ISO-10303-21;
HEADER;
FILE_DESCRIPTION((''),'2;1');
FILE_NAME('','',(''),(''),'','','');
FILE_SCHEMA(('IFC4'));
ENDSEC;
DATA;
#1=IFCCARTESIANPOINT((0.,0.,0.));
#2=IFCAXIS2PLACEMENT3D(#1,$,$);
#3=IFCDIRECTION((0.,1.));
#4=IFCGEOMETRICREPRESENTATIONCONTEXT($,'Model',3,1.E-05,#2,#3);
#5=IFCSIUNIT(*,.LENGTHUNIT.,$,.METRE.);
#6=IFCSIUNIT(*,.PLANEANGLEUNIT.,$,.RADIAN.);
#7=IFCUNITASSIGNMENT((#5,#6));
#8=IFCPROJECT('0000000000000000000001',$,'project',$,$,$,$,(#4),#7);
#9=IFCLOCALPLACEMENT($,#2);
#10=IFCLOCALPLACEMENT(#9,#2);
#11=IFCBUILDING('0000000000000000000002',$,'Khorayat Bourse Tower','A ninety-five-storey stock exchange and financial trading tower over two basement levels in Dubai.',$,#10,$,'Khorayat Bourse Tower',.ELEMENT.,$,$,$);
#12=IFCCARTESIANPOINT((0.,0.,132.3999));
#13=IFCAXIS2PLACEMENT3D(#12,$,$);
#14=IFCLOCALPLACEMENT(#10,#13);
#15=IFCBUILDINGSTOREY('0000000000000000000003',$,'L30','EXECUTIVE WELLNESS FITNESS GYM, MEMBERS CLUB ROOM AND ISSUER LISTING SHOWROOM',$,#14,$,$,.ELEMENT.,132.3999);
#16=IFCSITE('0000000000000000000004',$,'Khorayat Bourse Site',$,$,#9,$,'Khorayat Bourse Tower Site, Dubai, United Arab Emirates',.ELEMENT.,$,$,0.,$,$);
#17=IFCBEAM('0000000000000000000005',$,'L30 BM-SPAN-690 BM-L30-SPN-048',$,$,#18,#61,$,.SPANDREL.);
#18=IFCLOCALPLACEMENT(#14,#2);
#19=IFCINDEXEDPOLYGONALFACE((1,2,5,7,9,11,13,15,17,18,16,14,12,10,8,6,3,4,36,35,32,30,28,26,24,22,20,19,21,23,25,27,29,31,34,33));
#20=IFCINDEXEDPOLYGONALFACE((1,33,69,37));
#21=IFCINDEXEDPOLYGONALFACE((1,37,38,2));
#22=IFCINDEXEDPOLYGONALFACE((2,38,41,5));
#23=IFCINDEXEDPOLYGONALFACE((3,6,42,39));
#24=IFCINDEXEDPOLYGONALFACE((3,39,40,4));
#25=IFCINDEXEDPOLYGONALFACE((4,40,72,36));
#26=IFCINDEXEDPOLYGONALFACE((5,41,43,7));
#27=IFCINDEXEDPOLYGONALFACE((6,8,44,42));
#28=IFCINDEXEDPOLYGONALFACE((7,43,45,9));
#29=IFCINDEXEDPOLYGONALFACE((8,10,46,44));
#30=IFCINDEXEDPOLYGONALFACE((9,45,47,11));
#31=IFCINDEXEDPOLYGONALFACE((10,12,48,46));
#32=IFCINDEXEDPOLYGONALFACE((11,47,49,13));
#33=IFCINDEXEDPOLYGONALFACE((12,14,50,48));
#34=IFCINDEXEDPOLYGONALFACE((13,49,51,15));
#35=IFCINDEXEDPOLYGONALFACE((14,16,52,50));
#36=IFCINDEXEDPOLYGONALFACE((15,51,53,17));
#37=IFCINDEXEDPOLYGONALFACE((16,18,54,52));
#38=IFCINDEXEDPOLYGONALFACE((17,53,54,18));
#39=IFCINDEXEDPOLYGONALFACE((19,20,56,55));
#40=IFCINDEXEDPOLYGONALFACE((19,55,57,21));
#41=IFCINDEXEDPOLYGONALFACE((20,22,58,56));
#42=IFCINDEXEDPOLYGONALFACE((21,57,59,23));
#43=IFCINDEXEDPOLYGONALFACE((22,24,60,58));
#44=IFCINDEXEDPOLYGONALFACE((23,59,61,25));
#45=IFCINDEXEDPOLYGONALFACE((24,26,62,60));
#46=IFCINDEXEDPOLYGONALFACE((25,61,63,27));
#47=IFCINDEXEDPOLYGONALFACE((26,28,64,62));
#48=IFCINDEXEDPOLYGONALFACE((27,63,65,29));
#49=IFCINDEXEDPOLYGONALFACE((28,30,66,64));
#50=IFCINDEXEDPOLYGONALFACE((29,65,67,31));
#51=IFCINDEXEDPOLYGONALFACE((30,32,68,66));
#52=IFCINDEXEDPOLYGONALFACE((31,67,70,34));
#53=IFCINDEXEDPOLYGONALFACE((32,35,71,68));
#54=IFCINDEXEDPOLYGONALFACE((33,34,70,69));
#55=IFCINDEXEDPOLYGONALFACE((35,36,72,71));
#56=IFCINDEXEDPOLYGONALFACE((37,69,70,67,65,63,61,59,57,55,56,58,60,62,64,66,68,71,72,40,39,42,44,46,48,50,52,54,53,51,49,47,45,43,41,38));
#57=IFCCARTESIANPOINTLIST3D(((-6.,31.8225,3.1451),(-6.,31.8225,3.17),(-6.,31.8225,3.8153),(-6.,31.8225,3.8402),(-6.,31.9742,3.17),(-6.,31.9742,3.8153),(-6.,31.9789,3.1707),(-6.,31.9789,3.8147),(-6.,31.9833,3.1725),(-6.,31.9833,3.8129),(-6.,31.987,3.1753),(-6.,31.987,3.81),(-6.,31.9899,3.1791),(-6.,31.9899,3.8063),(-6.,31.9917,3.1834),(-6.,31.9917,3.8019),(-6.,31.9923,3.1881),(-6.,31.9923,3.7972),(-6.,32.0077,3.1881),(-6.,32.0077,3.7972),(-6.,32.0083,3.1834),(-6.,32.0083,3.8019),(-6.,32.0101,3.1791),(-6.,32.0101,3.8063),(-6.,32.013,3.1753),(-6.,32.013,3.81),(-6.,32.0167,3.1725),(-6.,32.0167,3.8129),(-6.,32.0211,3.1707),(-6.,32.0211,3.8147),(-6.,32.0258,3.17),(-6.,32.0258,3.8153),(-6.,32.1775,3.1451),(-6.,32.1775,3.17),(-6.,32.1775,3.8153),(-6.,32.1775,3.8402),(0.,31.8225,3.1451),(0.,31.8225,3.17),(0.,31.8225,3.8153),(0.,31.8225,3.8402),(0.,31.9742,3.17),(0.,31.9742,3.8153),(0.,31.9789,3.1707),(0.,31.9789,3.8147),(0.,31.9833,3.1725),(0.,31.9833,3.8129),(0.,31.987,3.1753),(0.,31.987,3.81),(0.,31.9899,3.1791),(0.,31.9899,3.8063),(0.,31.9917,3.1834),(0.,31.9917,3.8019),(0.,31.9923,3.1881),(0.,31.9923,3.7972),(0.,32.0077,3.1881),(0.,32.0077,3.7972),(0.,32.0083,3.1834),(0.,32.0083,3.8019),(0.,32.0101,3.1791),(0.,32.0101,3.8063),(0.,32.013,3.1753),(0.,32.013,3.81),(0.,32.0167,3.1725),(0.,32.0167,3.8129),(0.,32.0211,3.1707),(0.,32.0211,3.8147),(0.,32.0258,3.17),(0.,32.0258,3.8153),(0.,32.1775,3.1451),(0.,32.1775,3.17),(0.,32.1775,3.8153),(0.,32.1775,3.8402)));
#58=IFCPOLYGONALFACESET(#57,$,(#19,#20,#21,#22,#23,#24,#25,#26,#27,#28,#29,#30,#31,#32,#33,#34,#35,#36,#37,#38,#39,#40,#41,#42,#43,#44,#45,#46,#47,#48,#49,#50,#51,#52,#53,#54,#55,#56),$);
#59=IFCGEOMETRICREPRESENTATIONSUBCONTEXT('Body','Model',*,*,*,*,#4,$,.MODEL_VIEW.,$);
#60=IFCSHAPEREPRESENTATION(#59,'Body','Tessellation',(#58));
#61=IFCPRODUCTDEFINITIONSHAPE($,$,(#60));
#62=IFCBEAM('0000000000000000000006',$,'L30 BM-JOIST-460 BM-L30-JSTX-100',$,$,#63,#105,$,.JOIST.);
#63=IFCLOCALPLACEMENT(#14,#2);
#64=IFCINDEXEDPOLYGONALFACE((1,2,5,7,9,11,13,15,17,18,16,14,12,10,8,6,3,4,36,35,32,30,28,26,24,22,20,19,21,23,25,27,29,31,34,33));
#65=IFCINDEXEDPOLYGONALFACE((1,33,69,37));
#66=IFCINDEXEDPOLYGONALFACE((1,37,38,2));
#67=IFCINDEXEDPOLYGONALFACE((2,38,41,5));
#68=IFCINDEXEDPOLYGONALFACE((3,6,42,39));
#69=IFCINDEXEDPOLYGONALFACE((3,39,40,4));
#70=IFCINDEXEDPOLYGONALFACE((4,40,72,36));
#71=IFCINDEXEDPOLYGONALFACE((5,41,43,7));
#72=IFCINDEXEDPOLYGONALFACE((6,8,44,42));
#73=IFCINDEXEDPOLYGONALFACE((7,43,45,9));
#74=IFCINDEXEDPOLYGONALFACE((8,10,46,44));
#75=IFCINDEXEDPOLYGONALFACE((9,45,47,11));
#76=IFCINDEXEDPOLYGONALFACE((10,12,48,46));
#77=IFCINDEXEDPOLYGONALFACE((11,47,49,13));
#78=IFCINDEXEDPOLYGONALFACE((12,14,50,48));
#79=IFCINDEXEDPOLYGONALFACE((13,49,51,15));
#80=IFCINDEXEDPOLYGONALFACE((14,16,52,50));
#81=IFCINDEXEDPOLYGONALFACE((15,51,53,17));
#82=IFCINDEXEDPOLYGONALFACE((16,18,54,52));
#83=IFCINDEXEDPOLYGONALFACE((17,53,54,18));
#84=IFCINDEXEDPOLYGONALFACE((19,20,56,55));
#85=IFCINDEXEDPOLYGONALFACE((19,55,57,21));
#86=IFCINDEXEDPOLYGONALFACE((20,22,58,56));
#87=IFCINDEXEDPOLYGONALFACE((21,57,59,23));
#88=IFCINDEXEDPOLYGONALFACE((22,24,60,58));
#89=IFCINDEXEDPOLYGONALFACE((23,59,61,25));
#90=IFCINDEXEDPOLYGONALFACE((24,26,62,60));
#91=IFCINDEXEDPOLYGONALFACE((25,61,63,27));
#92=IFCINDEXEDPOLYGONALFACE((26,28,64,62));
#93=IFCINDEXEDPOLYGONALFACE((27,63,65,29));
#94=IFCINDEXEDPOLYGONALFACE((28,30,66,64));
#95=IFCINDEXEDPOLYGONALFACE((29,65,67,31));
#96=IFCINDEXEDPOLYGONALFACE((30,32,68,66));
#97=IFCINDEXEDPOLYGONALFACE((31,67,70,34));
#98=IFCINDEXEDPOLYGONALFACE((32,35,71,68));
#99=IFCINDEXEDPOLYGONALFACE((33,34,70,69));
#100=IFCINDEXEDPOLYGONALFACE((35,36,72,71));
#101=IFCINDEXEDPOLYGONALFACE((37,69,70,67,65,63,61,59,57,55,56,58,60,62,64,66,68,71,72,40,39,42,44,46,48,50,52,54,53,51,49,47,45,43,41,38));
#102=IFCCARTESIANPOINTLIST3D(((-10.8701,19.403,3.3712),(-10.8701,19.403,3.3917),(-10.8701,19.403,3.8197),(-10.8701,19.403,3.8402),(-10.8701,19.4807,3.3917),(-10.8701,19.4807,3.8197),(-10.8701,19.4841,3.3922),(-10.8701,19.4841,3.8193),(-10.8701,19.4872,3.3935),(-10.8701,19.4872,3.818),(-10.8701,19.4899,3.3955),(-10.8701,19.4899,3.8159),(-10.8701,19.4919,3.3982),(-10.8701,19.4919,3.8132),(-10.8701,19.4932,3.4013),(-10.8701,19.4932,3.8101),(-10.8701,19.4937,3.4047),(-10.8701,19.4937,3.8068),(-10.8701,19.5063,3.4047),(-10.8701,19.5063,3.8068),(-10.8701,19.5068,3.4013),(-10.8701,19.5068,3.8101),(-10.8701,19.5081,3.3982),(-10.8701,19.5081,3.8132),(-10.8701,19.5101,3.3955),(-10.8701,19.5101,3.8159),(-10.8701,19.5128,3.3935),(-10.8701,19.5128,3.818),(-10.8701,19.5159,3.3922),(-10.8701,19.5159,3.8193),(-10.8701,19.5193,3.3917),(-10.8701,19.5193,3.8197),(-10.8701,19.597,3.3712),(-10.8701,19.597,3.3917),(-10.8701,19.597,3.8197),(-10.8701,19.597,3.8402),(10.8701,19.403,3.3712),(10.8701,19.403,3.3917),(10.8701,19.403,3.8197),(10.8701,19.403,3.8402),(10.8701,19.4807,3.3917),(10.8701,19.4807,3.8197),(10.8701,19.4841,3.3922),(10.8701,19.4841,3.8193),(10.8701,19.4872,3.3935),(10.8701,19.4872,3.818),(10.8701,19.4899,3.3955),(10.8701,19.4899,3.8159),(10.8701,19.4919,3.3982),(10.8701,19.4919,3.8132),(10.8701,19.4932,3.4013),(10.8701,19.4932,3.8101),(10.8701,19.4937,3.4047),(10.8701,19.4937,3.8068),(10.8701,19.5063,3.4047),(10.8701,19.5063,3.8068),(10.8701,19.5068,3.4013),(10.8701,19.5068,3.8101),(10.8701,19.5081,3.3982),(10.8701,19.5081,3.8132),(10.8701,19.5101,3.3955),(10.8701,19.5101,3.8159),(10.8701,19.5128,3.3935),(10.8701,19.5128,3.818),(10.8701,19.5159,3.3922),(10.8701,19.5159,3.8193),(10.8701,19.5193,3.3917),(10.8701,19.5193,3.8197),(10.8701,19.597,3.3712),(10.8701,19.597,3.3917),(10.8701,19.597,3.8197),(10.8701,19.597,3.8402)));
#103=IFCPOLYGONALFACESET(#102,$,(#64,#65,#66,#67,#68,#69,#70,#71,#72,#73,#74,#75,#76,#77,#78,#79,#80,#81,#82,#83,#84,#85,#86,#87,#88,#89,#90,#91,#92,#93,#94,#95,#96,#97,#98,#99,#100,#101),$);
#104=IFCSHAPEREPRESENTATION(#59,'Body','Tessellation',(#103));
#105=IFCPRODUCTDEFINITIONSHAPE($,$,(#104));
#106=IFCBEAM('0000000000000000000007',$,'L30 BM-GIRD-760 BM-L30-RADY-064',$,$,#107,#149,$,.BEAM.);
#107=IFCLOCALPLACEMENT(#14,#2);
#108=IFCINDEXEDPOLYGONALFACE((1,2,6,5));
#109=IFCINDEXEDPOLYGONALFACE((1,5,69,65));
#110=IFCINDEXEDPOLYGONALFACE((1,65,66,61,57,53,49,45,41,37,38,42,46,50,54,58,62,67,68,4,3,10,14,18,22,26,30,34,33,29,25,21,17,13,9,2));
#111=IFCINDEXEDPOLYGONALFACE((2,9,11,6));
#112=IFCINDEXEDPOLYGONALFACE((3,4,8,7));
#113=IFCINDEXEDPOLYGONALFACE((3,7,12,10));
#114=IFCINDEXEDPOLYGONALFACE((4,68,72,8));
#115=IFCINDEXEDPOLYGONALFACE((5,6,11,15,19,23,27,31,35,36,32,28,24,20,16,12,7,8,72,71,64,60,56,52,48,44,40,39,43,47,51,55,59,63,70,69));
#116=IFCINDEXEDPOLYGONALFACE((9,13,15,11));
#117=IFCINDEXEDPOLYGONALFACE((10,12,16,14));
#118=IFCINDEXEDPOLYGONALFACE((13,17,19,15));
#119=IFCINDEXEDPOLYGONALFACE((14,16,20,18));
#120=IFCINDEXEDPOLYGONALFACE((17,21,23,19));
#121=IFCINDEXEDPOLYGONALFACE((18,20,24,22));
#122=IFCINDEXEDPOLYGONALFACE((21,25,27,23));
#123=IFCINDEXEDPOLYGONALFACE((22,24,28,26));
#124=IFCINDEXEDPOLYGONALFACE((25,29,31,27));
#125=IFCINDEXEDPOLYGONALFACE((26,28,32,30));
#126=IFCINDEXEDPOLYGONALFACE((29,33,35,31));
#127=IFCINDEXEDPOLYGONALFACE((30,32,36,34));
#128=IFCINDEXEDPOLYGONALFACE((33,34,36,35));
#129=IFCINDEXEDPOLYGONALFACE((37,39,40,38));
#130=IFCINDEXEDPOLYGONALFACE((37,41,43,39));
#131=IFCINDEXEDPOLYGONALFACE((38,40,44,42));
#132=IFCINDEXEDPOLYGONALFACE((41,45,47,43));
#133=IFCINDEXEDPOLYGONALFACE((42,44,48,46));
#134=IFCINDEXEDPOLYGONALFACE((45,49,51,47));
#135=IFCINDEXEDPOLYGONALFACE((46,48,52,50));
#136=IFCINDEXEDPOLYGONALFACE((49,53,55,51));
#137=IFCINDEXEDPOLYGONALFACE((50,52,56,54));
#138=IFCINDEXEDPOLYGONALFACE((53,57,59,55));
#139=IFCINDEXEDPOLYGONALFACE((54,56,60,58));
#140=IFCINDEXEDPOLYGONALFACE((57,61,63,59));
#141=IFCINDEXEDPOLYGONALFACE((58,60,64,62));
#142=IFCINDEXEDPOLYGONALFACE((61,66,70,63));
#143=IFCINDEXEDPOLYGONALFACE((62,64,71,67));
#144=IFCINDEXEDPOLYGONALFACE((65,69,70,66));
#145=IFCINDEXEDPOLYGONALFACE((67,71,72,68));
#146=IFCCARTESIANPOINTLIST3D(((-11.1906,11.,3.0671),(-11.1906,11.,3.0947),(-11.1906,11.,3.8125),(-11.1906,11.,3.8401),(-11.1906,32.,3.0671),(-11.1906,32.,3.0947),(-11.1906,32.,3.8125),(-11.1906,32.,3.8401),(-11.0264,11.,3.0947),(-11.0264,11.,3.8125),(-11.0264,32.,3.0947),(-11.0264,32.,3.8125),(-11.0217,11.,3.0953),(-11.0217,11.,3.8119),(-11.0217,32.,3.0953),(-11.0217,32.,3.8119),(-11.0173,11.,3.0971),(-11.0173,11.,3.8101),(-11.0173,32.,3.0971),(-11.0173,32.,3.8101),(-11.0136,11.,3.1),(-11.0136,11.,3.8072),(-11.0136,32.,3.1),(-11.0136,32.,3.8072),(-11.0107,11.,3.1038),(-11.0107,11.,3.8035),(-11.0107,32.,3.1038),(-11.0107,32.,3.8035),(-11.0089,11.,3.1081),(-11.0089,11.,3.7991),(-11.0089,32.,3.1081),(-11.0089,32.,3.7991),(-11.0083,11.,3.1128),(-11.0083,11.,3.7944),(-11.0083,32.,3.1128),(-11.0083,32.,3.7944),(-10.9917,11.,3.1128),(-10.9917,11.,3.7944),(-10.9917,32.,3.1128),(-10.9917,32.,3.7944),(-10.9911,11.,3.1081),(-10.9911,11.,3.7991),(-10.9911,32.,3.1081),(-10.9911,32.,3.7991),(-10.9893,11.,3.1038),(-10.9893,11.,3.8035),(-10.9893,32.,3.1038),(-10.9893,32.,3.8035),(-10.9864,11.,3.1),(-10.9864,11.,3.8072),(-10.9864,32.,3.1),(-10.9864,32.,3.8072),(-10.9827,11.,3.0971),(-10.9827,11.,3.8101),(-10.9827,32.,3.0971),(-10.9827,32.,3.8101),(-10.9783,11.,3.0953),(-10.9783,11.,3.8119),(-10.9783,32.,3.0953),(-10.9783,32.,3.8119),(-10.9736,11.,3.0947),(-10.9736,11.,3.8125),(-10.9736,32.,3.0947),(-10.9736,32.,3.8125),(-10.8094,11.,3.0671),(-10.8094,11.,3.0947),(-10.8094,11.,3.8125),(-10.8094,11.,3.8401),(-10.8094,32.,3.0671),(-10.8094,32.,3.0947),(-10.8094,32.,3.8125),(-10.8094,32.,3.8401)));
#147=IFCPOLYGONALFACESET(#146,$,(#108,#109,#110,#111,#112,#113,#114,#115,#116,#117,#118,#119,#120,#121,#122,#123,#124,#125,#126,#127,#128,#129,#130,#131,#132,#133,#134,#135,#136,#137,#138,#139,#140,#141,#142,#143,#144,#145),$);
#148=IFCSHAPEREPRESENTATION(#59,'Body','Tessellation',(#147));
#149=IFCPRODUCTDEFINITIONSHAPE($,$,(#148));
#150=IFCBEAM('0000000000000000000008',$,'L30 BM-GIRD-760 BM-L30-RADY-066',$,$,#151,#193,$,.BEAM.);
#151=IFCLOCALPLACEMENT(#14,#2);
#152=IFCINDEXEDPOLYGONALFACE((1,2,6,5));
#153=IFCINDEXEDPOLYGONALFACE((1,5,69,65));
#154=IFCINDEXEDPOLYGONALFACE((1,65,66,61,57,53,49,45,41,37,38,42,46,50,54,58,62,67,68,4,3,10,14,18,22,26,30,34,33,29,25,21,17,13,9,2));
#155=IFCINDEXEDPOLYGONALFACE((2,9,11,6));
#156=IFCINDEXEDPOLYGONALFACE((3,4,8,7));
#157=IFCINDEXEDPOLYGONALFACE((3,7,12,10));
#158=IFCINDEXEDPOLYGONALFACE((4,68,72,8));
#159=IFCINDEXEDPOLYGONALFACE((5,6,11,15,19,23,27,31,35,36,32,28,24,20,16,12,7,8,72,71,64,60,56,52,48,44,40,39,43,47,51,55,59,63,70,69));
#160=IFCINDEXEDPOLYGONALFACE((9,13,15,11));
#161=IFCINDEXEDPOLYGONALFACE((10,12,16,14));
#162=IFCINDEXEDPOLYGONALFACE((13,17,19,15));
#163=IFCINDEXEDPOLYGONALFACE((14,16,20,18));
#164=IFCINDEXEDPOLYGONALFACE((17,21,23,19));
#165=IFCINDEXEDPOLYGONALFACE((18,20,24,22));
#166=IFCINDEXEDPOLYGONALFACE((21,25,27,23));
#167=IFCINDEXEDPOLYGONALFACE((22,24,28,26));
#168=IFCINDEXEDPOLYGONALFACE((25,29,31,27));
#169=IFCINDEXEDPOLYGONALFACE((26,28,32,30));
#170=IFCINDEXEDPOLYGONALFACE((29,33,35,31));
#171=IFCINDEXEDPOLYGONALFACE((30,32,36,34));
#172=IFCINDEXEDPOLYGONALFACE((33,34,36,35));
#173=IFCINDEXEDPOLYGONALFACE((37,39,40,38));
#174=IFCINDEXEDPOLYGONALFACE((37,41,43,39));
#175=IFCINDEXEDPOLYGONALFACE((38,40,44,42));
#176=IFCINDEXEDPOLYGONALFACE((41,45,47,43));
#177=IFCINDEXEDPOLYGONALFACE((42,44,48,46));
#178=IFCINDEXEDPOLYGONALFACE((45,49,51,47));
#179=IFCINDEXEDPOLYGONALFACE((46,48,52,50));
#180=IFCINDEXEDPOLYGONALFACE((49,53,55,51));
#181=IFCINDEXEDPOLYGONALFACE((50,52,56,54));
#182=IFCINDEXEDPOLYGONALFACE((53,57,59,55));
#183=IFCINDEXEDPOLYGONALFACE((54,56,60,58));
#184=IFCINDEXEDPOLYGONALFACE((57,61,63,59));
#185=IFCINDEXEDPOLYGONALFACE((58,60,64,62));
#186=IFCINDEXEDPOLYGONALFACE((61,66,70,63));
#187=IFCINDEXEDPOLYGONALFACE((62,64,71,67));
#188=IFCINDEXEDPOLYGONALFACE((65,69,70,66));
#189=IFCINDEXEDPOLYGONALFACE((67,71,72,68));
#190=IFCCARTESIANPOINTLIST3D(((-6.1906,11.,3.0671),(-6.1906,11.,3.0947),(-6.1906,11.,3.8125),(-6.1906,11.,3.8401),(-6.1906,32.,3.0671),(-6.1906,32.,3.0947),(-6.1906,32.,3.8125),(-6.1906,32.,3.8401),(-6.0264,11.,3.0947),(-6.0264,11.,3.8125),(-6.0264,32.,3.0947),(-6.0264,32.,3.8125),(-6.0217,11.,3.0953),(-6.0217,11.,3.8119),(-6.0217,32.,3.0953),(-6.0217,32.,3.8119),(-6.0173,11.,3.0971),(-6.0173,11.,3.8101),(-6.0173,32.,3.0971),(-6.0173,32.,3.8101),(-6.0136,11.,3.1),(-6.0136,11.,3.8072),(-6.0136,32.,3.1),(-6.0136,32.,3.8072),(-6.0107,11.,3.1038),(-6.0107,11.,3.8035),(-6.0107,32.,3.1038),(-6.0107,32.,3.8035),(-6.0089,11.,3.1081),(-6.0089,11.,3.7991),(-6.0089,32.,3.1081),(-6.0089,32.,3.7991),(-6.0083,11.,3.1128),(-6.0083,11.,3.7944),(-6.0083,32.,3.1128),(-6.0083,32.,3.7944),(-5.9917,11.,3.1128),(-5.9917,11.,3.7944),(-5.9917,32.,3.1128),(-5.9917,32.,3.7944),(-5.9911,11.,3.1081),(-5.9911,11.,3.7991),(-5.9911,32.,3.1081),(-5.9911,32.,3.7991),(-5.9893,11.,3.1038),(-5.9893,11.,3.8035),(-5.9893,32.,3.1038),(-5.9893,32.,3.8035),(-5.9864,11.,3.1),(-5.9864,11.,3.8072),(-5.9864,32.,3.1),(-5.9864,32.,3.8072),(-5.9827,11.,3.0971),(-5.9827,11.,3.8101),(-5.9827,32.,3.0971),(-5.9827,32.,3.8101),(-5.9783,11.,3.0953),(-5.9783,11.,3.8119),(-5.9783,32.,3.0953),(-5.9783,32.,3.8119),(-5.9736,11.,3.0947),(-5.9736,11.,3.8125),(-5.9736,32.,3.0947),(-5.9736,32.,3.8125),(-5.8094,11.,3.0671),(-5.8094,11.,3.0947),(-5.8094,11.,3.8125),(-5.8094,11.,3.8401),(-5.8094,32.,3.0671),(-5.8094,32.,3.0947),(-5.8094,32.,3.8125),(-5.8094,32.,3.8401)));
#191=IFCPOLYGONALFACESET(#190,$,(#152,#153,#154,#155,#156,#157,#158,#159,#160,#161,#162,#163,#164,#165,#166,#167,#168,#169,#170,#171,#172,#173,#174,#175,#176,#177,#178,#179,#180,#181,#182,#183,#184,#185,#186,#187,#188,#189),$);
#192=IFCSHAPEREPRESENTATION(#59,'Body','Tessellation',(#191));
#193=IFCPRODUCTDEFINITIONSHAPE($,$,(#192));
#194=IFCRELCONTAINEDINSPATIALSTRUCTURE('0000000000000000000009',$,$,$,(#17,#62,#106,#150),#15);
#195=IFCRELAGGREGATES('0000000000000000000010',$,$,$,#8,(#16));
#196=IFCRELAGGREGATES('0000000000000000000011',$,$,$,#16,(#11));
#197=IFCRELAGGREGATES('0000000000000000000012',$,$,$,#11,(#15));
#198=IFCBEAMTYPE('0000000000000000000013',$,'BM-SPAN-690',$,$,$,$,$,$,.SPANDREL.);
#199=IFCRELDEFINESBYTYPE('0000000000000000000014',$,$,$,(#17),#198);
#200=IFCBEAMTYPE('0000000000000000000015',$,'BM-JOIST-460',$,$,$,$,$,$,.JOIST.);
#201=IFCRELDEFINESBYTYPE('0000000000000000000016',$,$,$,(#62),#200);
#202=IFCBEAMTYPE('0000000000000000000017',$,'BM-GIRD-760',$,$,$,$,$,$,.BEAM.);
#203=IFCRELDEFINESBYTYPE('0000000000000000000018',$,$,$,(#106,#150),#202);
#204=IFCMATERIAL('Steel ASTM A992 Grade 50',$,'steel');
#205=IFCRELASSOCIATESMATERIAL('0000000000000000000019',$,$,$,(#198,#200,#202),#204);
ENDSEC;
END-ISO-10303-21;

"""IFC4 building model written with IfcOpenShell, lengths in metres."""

from ifc_helpers import new_model, si_unit, direction, frame, origin, origin_2d, place, context, subcontext, project, spatial, i_section, extrude, source, transform, mapped, material, material_profile, profile_set, type_object, element, save


model = new_model("IFC4")

# Units and contexts
model_context = context("Model", 3, precision=1e-05, world=origin(), true_north=direction((0.0, 1.0)))
body_context = subcontext(model_context, "Body", "Model", "MODEL_VIEW")
ifc_project = project(units=[si_unit("LENGTHUNIT", "METRE"), si_unit("PLANEANGLEUNIT", "RADIAN")], contexts=[model_context])

# Site, building, storey
site_placement = place(None, origin())
site = spatial("IfcSite", under=ifc_project, at=site_placement, Name="Khorayat Bourse Site", LongName="Khorayat Bourse Tower Site, Dubai, United Arab Emirates", CompositionType="ELEMENT", RefElevation=0.0)
building_placement = place(site_placement, origin())
building = spatial("IfcBuilding", under=site, at=building_placement, Name="Khorayat Bourse Tower", Description="A ninety-five-storey stock exchange and financial trading tower over two basement levels in Dubai.", LongName="Khorayat Bourse Tower", CompositionType="ELEMENT")
storey_placement = place(building_placement, frame((0.0, 0.0, 132.3999)))
storey = spatial("IfcBuildingStorey", under=building, at=storey_placement, Name="L30", Description="EXECUTIVE WELLNESS FITNESS GYM, MEMBERS CLUB ROOM AND ISSUER LISTING SHOWROOM", CompositionType="ELEMENT", Elevation=132.3999)

# Beams
ifc_material_1 = material(Name="Steel ASTM A992 Grade 50", Category="steel")
ifc_material_profile_1 = material_profile(ifc_material_1, i_section(OverallWidth=0.355, OverallDepth=0.6951, WebThickness=0.0154, FlangeThickness=0.0249, FilletRadius=0.0181, at=origin_2d()), Name="W690X217")
ifc_profile_set_1 = profile_set([ifc_material_profile_1], Name="Steel ASTM A992 Grade 50")
beam_type_1 = type_object("IfcBeamType", Name="BM-SPAN-690", PredefinedType="SPANDREL", material=ifc_profile_set_1)
shared_shape_1 = source(origin(), body_context, "Body", "SweptSolid", [
    extrude(i_section(OverallWidth=0.355, OverallDepth=0.6951, WebThickness=0.0154, FlangeThickness=0.0249, FilletRadius=0.0181, at=origin_2d()), origin(), (0.0, 0.0, 1.0), 6.0),
])
beam_1_placement = place(storey_placement, frame((-6.0, 32.0, 3.4927), z_axis=(1.0, 0.0, 0.0), x_axis=(0.0, 1.0, 0.0)))
element("IfcBeam", 1, at=beam_1_placement, inside=storey, type_object=beam_type_1, Name="L30 BM-SPAN-690 BM-L30-SPN-048", PredefinedType="SPANDREL", context=body_context, shape_type="MappedRepresentation", body=[
    mapped(shared_shape_1, transform((0.0, 0.0, 0.0), scale=1.0)),
])
ifc_material_profile_2 = material_profile(ifc_material_1, i_section(OverallWidth=0.1941, OverallDepth=0.469, WebThickness=0.0127, FlangeThickness=0.0205, FilletRadius=0.0129, at=origin_2d()), Name="W460X106")
ifc_profile_set_2 = profile_set([ifc_material_profile_2], Name="Steel ASTM A992 Grade 50")
beam_type_2 = type_object("IfcBeamType", Name="BM-JOIST-460", PredefinedType="JOIST", material=ifc_profile_set_2)
shared_shape_2 = source(origin(), body_context, "Body", "SweptSolid", [
    extrude(i_section(OverallWidth=0.1941, OverallDepth=0.469, WebThickness=0.0127, FlangeThickness=0.0205, FilletRadius=0.0129, at=origin_2d()), origin(), (0.0, 0.0, 1.0), 21.7402),
])
beam_2_placement = place(storey_placement, frame((-10.8701, 19.5, 3.6057), z_axis=(1.0, 0.0, 0.0), x_axis=(0.0, 1.0, 0.0)))
element("IfcBeam", 2, at=beam_2_placement, inside=storey, type_object=beam_type_2, Name="L30 BM-JOIST-460 BM-L30-JSTX-100", PredefinedType="JOIST", context=body_context, shape_type="MappedRepresentation", body=[
    mapped(shared_shape_2, transform((0.0, 0.0, 0.0), scale=1.0)),
])
ifc_material_profile_3 = material_profile(ifc_material_1, i_section(OverallWidth=0.3811, OverallDepth=0.7729, WebThickness=0.0166, FlangeThickness=0.0276, FilletRadius=0.0181, at=origin_2d()), Name="W760X257")
ifc_profile_set_3 = profile_set([ifc_material_profile_3], Name="Steel ASTM A992 Grade 50")
beam_type_3 = type_object("IfcBeamType", Name="BM-GIRD-760", PredefinedType="BEAM", material=ifc_profile_set_3)
shared_shape_3 = source(origin(), body_context, "Body", "SweptSolid", [
    extrude(i_section(OverallWidth=0.3811, OverallDepth=0.7729, WebThickness=0.0166, FlangeThickness=0.0276, FilletRadius=0.0181, at=origin_2d()), origin(), (0.0, 0.0, 1.0), 21.0),
])
for number, where, z_axis, x_axis, name in (
    (3, (-11.0, 11.0, 3.4536), (0.0, 1.0, 0.0), (-1.0, 0.0, 0.0), "L30 BM-GIRD-760 BM-L30-RADY-064"),
    (4, (-6.0, 11.0, 3.4536), (0.0, 1.0, 0.0), (-1.0, 0.0, 0.0), "L30 BM-GIRD-760 BM-L30-RADY-066"),
):
    element("IfcBeam", number, at=place(storey_placement, frame(where, z_axis=z_axis, x_axis=x_axis)), inside=storey, type_object=beam_type_3, Name=name, PredefinedType="BEAM", context=body_context, shape_type="MappedRepresentation", body=[
        mapped(shared_shape_3, transform((0.0, 0.0, 0.0), scale=1.0)),
    ])

save(model, "model.ifc")
